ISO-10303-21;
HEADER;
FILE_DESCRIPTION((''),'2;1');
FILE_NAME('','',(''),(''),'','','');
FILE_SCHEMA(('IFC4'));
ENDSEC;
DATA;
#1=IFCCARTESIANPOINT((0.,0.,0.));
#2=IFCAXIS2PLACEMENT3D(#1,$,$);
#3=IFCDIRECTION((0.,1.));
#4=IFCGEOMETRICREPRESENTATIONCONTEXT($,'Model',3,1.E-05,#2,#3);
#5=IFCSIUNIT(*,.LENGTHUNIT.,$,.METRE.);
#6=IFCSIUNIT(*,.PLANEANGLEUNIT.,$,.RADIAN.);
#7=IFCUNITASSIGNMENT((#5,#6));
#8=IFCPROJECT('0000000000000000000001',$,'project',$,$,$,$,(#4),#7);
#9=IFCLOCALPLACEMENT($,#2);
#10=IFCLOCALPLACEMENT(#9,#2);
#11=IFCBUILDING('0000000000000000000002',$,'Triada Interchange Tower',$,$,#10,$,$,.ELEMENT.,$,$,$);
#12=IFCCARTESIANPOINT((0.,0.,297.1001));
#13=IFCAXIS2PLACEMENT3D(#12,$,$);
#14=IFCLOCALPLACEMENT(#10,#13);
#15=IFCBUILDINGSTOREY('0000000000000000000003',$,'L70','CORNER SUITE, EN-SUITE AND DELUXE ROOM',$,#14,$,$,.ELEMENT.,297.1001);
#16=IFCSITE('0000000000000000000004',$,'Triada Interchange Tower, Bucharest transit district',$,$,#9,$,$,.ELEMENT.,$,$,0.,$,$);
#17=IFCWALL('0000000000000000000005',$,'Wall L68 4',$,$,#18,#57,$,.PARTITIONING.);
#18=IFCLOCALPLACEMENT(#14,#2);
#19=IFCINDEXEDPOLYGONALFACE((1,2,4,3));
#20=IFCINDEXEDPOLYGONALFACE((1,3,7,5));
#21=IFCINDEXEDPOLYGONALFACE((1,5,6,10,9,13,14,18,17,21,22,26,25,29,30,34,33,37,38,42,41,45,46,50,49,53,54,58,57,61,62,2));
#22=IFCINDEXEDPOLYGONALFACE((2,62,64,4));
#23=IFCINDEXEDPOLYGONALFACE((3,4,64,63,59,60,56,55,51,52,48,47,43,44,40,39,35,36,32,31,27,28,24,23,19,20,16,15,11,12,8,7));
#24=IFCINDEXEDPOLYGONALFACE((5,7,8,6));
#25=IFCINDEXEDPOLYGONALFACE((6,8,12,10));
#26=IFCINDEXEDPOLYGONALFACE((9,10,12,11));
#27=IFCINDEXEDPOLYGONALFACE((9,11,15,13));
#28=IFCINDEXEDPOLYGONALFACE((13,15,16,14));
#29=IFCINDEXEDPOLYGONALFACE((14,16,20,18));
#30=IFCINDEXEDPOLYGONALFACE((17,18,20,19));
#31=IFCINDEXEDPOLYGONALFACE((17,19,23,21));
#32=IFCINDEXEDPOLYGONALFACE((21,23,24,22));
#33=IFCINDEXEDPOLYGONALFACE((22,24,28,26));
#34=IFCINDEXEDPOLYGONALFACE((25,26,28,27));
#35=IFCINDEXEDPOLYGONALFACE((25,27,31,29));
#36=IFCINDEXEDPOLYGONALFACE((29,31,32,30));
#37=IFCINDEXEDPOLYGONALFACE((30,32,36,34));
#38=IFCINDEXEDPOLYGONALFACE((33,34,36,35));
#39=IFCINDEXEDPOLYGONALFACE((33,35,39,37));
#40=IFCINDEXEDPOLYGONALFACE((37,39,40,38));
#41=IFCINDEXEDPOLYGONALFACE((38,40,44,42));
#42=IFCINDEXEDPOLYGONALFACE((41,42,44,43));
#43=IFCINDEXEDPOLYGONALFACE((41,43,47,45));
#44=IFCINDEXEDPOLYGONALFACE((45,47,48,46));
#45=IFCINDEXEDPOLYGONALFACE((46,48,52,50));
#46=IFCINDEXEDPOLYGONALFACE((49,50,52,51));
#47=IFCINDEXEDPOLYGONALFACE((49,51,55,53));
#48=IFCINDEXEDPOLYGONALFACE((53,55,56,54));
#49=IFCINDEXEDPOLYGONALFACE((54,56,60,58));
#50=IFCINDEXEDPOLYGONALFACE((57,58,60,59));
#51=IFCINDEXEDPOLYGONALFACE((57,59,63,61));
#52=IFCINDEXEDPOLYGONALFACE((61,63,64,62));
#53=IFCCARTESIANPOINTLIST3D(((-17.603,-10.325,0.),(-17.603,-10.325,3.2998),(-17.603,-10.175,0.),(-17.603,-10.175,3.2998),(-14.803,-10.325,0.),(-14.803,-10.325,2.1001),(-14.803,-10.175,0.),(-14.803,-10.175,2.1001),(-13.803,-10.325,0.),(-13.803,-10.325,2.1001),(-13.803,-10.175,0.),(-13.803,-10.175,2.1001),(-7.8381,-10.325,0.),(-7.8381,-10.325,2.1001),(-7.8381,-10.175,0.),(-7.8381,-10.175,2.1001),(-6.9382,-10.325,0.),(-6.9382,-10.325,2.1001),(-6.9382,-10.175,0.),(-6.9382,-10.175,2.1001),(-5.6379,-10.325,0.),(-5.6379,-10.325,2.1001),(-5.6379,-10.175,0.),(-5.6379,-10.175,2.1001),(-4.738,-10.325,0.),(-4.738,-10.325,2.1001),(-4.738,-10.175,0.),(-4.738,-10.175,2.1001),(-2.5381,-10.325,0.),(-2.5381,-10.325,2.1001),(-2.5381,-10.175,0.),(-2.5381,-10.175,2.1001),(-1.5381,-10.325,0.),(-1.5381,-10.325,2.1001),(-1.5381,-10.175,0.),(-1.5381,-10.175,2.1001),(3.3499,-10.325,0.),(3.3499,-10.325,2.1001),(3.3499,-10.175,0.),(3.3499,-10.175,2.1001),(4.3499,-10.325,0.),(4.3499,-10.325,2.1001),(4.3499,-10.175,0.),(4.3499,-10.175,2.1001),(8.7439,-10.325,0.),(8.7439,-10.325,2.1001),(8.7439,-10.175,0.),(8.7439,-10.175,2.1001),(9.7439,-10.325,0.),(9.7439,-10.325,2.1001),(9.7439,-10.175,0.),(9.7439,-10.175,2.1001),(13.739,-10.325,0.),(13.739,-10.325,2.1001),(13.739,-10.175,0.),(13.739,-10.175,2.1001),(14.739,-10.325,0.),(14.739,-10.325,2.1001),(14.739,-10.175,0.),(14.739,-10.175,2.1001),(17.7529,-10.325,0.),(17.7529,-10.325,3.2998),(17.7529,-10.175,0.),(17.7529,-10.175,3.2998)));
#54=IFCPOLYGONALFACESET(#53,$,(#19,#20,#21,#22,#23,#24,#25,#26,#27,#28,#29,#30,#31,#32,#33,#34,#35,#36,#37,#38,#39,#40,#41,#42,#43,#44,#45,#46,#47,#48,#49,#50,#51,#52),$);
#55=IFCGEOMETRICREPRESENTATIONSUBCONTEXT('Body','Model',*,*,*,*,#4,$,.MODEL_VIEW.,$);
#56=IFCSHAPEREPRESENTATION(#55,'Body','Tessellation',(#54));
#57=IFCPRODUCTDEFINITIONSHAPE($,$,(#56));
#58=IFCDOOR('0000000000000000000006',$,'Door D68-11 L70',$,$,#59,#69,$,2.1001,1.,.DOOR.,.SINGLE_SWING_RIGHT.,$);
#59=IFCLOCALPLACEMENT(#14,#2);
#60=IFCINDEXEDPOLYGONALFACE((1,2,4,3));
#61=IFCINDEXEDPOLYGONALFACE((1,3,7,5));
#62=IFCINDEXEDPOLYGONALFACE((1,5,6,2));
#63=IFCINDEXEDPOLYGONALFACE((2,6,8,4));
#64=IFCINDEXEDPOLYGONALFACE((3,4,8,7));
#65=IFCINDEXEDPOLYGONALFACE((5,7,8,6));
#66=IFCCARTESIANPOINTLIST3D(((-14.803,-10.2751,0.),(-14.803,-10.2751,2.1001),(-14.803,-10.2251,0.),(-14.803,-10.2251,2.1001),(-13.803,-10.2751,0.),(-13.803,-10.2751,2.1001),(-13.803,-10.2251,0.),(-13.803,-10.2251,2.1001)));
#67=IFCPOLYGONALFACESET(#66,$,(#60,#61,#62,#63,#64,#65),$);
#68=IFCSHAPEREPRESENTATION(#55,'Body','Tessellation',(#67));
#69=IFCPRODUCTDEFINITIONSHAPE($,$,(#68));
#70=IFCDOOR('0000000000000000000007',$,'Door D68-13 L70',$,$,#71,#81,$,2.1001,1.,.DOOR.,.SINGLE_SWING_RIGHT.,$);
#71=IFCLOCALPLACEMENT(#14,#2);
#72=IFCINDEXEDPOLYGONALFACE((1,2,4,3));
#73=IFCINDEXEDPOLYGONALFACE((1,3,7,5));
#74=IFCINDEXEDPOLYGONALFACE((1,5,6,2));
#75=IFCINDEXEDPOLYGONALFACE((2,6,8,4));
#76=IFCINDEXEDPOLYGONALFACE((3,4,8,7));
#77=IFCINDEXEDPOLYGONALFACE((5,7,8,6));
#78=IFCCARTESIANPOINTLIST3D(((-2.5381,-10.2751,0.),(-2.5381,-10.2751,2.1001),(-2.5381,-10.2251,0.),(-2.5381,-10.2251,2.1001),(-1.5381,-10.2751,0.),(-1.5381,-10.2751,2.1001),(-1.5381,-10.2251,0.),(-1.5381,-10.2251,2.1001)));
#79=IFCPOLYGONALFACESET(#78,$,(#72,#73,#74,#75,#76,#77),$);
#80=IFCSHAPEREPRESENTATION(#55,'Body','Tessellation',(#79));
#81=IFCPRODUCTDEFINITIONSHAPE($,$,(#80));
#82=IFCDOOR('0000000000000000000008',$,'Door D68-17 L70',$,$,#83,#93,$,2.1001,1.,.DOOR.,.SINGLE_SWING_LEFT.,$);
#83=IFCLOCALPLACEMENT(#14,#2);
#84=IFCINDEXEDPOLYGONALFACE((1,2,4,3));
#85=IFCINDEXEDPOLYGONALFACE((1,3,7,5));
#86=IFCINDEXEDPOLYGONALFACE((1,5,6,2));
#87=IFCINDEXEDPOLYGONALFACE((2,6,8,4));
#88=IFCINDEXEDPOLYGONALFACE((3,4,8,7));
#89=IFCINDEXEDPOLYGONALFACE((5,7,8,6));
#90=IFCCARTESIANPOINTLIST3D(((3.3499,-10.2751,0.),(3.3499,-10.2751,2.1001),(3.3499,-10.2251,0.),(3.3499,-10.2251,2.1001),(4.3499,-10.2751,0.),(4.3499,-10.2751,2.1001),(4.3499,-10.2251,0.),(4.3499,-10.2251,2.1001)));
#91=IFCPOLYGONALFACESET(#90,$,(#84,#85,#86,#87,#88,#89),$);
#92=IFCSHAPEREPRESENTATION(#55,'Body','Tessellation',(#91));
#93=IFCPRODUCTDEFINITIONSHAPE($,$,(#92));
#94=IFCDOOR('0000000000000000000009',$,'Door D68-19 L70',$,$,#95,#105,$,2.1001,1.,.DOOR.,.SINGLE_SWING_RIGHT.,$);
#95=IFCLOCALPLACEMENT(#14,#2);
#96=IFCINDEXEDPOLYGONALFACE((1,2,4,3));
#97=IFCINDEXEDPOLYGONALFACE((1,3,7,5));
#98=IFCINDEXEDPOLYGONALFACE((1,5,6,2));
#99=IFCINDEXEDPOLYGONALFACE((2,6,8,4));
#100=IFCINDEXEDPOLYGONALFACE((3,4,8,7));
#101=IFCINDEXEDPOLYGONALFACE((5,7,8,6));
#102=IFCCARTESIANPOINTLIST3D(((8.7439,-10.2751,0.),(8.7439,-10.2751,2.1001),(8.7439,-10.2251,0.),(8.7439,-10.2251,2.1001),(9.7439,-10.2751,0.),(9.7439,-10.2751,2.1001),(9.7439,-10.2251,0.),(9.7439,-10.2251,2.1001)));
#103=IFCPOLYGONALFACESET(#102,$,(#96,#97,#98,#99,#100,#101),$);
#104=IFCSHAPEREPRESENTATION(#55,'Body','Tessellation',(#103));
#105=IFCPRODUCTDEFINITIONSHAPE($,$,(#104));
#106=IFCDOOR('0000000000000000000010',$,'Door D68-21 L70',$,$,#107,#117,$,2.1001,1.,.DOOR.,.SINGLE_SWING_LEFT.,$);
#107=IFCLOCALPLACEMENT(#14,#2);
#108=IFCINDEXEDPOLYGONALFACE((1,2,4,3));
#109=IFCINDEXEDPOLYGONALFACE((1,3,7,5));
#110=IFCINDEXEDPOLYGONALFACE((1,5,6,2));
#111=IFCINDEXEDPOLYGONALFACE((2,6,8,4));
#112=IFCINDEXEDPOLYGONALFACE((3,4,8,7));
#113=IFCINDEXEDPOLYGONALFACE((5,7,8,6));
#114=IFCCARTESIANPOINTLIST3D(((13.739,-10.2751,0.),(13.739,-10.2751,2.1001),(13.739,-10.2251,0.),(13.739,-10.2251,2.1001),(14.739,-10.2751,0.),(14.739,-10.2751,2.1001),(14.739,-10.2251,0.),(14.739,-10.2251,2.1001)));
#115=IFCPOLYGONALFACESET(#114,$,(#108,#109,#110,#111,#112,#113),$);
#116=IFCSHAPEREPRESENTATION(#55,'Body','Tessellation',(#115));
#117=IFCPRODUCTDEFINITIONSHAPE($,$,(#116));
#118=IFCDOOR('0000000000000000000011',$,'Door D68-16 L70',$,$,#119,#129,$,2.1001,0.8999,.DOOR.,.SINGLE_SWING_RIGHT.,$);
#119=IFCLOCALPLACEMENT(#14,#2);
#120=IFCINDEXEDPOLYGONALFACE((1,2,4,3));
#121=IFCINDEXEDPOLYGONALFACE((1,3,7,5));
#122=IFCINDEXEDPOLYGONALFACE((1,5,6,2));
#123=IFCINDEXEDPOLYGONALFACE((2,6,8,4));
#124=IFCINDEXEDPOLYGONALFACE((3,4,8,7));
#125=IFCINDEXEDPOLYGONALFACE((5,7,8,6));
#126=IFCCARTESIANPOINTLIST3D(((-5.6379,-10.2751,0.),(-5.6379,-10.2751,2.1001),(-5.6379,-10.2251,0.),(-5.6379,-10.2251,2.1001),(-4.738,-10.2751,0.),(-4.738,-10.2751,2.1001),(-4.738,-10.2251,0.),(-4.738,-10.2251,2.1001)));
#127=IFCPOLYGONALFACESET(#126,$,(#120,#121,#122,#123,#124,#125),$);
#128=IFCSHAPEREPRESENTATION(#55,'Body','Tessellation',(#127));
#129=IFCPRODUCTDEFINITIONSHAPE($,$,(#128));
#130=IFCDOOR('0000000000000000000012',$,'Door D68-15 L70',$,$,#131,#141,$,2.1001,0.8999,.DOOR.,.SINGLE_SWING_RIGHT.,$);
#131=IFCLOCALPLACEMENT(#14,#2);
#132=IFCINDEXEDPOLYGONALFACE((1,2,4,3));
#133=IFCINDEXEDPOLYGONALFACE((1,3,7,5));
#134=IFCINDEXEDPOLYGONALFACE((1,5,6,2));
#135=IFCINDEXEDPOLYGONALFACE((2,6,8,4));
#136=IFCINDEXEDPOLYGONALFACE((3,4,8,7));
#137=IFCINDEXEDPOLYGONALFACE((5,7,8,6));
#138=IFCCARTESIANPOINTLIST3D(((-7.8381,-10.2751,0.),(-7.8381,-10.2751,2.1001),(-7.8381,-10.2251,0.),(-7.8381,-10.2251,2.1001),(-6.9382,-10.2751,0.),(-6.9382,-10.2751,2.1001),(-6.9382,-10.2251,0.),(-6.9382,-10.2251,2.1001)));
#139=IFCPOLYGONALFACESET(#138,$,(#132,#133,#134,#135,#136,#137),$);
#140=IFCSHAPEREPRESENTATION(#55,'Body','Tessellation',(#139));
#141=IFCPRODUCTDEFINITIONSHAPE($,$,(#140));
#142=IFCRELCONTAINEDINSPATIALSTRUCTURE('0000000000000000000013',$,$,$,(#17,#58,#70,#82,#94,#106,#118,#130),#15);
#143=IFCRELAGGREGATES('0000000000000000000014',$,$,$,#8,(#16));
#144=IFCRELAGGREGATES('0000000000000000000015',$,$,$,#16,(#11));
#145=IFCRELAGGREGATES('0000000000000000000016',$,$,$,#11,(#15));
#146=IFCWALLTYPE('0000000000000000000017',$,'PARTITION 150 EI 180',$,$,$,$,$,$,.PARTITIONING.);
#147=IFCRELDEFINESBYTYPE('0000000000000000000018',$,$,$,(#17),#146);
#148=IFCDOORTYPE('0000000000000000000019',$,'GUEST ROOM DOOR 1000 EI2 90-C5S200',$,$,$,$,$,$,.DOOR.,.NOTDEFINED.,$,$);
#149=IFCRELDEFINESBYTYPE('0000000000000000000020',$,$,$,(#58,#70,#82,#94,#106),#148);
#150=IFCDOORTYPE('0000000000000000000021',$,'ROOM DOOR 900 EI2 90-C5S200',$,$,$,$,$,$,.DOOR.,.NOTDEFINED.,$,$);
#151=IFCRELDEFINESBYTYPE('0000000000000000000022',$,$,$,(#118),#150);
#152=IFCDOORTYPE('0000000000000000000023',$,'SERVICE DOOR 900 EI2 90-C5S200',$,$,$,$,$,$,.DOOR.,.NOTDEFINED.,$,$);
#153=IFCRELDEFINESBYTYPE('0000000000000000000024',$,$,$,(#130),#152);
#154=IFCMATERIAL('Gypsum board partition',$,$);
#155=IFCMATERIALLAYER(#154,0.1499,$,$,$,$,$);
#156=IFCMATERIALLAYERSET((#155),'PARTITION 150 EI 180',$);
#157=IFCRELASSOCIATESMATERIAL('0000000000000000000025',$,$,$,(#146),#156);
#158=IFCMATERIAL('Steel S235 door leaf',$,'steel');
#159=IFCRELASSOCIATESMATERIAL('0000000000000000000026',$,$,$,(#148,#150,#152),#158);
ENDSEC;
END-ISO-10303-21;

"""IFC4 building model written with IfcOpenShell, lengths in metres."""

from ifc_helpers import new_model, si_unit, direction, frame, frame_2d, origin, place, context, subcontext, project, spatial, rectangle, extrude, material, layer, layer_set, type_object, element, fill, save


model = new_model("IFC4")

# Units and contexts
model_context = context("Model", 3, precision=1e-05, world=origin(), true_north=direction((0.0, 1.0)))
body_context = subcontext(model_context, "Body", "Model", "MODEL_VIEW")
ifc_project = project(units=[si_unit("LENGTHUNIT", "METRE"), si_unit("PLANEANGLEUNIT", "RADIAN")], contexts=[model_context])

# Site, building, storey
site_placement = place(None, origin())
site = spatial("IfcSite", under=ifc_project, at=site_placement, Name="Triada Interchange Tower, Bucharest transit district", CompositionType="ELEMENT", RefElevation=0.0)
building_placement = place(site_placement, origin())
building = spatial("IfcBuilding", under=site, at=building_placement, Name="Triada Interchange Tower", CompositionType="ELEMENT")
storey_placement = place(building_placement, frame((0.0, 0.0, 297.1001)))
storey = spatial("IfcBuildingStorey", under=building, at=storey_placement, Name="L70", Description="CORNER SUITE, EN-SUITE AND DELUXE ROOM", CompositionType="ELEMENT", Elevation=297.1001)

# Wall, openings, doors
ifc_material_1 = material(Name="Gypsum board partition")
ifc_layer = layer(ifc_material_1, 0.1499)
ifc_layer_set = layer_set([ifc_layer], Name="PARTITION 150 EI 180")
wall_type = type_object("IfcWallType", Name="PARTITION 150 EI 180", PredefinedType="PARTITIONING", material=ifc_layer_set)
wall_1_placement = place(storey_placement, frame((-17.603, -10.25, 0.0), z_axis=(0.0, 0.0, 1.0), x_axis=(1.0, 0.0, 0.0)))
wall_1 = element("IfcWall", 1, at=wall_1_placement, inside=storey, type_object=wall_type, Name="Wall L68 4", PredefinedType="PARTITIONING", context=body_context, shape_type="SweptSolid", body=[
    extrude(rectangle(XDim=35.356, YDim=0.1499, at=frame_2d((17.678, 0.0))), origin(), (0.0, 0.0, 1.0), 3.2998),
])
opening_1_placement = place(wall_1_placement, frame((2.8, 0.0, 0.0)))
opening_1 = element("IfcOpeningElement", 2, at=opening_1_placement, cuts=wall_1, PredefinedType="OPENING", context=body_context, shape_type="SweptSolid", body=[
    extrude(rectangle(XDim=1.0, YDim=2.1001, at=frame_2d((0.5, 1.05))), frame((0.0, 0.085, 0.0), z_axis=(0.0, -1.0, 0.0), x_axis=(1.0, 0.0, 0.0)), (0.0, 0.0, 1.0), 0.1699),
])
opening_2_placement = place(wall_1_placement, frame((15.0649, 0.0, 0.0)))
opening_2 = element("IfcOpeningElement", 3, at=opening_2_placement, cuts=wall_1, PredefinedType="OPENING", context=body_context, shape_type="SweptSolid", body=[
    extrude(rectangle(XDim=1.0, YDim=2.1001, at=frame_2d((0.5, 1.05))), frame((0.0, 0.085, 0.0), z_axis=(0.0, -1.0, 0.0), x_axis=(1.0, 0.0, 0.0)), (0.0, 0.0, 1.0), 0.1699),
])
opening_3_placement = place(wall_1_placement, frame((9.7649, 0.0, 0.0)))
opening_3 = element("IfcOpeningElement", 4, at=opening_3_placement, cuts=wall_1, PredefinedType="OPENING", context=body_context, shape_type="SweptSolid", body=[
    extrude(rectangle(XDim=0.8999, YDim=2.1001, at=frame_2d((0.45, 1.05))), frame((0.0, 0.085, 0.0), z_axis=(0.0, -1.0, 0.0), x_axis=(1.0, 0.0, 0.0)), (0.0, 0.0, 1.0), 0.1699),
])
opening_4_placement = place(wall_1_placement, frame((11.9651, 0.0, 0.0)))
opening_4 = element("IfcOpeningElement", 5, at=opening_4_placement, cuts=wall_1, PredefinedType="OPENING", context=body_context, shape_type="SweptSolid", body=[
    extrude(rectangle(XDim=0.8999, YDim=2.1001, at=frame_2d((0.45, 1.05))), frame((0.0, 0.085, 0.0), z_axis=(0.0, -1.0, 0.0), x_axis=(1.0, 0.0, 0.0)), (0.0, 0.0, 1.0), 0.1699),
])
opening_5_placement = place(wall_1_placement, frame((20.9529, 0.0, 0.0)))
opening_5 = element("IfcOpeningElement", 6, at=opening_5_placement, cuts=wall_1, PredefinedType="OPENING", context=body_context, shape_type="SweptSolid", body=[
    extrude(rectangle(XDim=1.0, YDim=2.1001, at=frame_2d((0.5, 1.05))), frame((0.0, 0.085, 0.0), z_axis=(0.0, -1.0, 0.0), x_axis=(1.0, 0.0, 0.0)), (0.0, 0.0, 1.0), 0.1699),
])
opening_6_placement = place(wall_1_placement, frame((26.3469, 0.0, 0.0)))
opening_6 = element("IfcOpeningElement", 7, at=opening_6_placement, cuts=wall_1, PredefinedType="OPENING", context=body_context, shape_type="SweptSolid", body=[
    extrude(rectangle(XDim=1.0, YDim=2.1001, at=frame_2d((0.5, 1.05))), frame((0.0, 0.085, 0.0), z_axis=(0.0, -1.0, 0.0), x_axis=(1.0, 0.0, 0.0)), (0.0, 0.0, 1.0), 0.1699),
])
opening_7_placement = place(wall_1_placement, frame((31.342, 0.0, 0.0)))
opening_7 = element("IfcOpeningElement", 8, at=opening_7_placement, cuts=wall_1, PredefinedType="OPENING", context=body_context, shape_type="SweptSolid", body=[
    extrude(rectangle(XDim=1.0, YDim=2.1001, at=frame_2d((0.5, 1.05))), frame((0.0, 0.085, 0.0), z_axis=(0.0, -1.0, 0.0), x_axis=(1.0, 0.0, 0.0)), (0.0, 0.0, 1.0), 0.1699),
])
ifc_material_2 = material(Name="Steel S235 door leaf", Category="steel")
door_type_1 = type_object("IfcDoorType", Name="GUEST ROOM DOOR 1000 EI2 90-C5S200", OperationType="NOTDEFINED", PredefinedType="DOOR", material=ifc_material_2)
door_1_placement = place(opening_1_placement, origin())
door_1 = element("IfcDoor", 9, at=door_1_placement, inside=storey, type_object=door_type_1, Name="Door D68-11 L70", OperationType="SINGLE_SWING_RIGHT", OverallHeight=2.1001, OverallWidth=1.0, PredefinedType="DOOR", context=body_context, shape_type="SweptSolid", body=[
    extrude(rectangle(XDim=1.0, YDim=2.1001, at=frame_2d((0.5, 1.05))), frame((0.0, 0.0249, 0.0), z_axis=(0.0, -1.0, 0.0), x_axis=(1.0, 0.0, 0.0)), (0.0, 0.0, 1.0), 0.05),
])
fill(opening_1, door_1)
door_2_placement = place(opening_2_placement, origin())
door_2 = element("IfcDoor", 10, at=door_2_placement, inside=storey, type_object=door_type_1, Name="Door D68-13 L70", OperationType="SINGLE_SWING_RIGHT", OverallHeight=2.1001, OverallWidth=1.0, PredefinedType="DOOR", context=body_context, shape_type="SweptSolid", body=[
    extrude(rectangle(XDim=1.0, YDim=2.1001, at=frame_2d((0.5, 1.05))), frame((0.0, 0.0249, 0.0), z_axis=(0.0, -1.0, 0.0), x_axis=(1.0, 0.0, 0.0)), (0.0, 0.0, 1.0), 0.05),
])
fill(opening_2, door_2)
door_3_placement = place(opening_5_placement, origin())
door_3 = element("IfcDoor", 11, at=door_3_placement, inside=storey, type_object=door_type_1, Name="Door D68-17 L70", OperationType="SINGLE_SWING_LEFT", OverallHeight=2.1001, OverallWidth=1.0, PredefinedType="DOOR", context=body_context, shape_type="SweptSolid", body=[
    extrude(rectangle(XDim=1.0, YDim=2.1001, at=frame_2d((0.5, 1.05))), frame((0.0, 0.0249, 0.0), z_axis=(0.0, -1.0, 0.0), x_axis=(1.0, 0.0, 0.0)), (0.0, 0.0, 1.0), 0.05),
])
fill(opening_5, door_3)
door_4_placement = place(opening_6_placement, origin())
door_4 = element("IfcDoor", 12, at=door_4_placement, inside=storey, type_object=door_type_1, Name="Door D68-19 L70", OperationType="SINGLE_SWING_RIGHT", OverallHeight=2.1001, OverallWidth=1.0, PredefinedType="DOOR", context=body_context, shape_type="SweptSolid", body=[
    extrude(rectangle(XDim=1.0, YDim=2.1001, at=frame_2d((0.5, 1.05))), frame((0.0, 0.0249, 0.0), z_axis=(0.0, -1.0, 0.0), x_axis=(1.0, 0.0, 0.0)), (0.0, 0.0, 1.0), 0.05),
])
fill(opening_6, door_4)
door_5_placement = place(opening_7_placement, origin())
door_5 = element("IfcDoor", 13, at=door_5_placement, inside=storey, type_object=door_type_1, Name="Door D68-21 L70", OperationType="SINGLE_SWING_LEFT", OverallHeight=2.1001, OverallWidth=1.0, PredefinedType="DOOR", context=body_context, shape_type="SweptSolid", body=[
    extrude(rectangle(XDim=1.0, YDim=2.1001, at=frame_2d((0.5, 1.05))), frame((0.0, 0.0249, 0.0), z_axis=(0.0, -1.0, 0.0), x_axis=(1.0, 0.0, 0.0)), (0.0, 0.0, 1.0), 0.05),
])
fill(opening_7, door_5)
door_type_2 = type_object("IfcDoorType", Name="ROOM DOOR 900 EI2 90-C5S200", OperationType="NOTDEFINED", PredefinedType="DOOR", material=ifc_material_2)
door_6_placement = place(opening_4_placement, origin())
door_6 = element("IfcDoor", 14, at=door_6_placement, inside=storey, type_object=door_type_2, Name="Door D68-16 L70", OperationType="SINGLE_SWING_RIGHT", OverallHeight=2.1001, OverallWidth=0.8999, PredefinedType="DOOR", context=body_context, shape_type="SweptSolid", body=[
    extrude(rectangle(XDim=0.8999, YDim=2.1001, at=frame_2d((0.45, 1.05))), frame((0.0, 0.0249, 0.0), z_axis=(0.0, -1.0, 0.0), x_axis=(1.0, 0.0, 0.0)), (0.0, 0.0, 1.0), 0.05),
])
fill(opening_4, door_6)
door_type_3 = type_object("IfcDoorType", Name="SERVICE DOOR 900 EI2 90-C5S200", OperationType="NOTDEFINED", PredefinedType="DOOR", material=ifc_material_2)
door_7_placement = place(opening_3_placement, origin())
door_7 = element("IfcDoor", 15, at=door_7_placement, inside=storey, type_object=door_type_3, Name="Door D68-15 L70", OperationType="SINGLE_SWING_RIGHT", OverallHeight=2.1001, OverallWidth=0.8999, PredefinedType="DOOR", context=body_context, shape_type="SweptSolid", body=[
    extrude(rectangle(XDim=0.8999, YDim=2.1001, at=frame_2d((0.45, 1.05))), frame((0.0, 0.0249, 0.0), z_axis=(0.0, -1.0, 0.0), x_axis=(1.0, 0.0, 0.0)), (0.0, 0.0, 1.0), 0.05),
])
fill(opening_3, door_7)

save(model, "model.ifc")
